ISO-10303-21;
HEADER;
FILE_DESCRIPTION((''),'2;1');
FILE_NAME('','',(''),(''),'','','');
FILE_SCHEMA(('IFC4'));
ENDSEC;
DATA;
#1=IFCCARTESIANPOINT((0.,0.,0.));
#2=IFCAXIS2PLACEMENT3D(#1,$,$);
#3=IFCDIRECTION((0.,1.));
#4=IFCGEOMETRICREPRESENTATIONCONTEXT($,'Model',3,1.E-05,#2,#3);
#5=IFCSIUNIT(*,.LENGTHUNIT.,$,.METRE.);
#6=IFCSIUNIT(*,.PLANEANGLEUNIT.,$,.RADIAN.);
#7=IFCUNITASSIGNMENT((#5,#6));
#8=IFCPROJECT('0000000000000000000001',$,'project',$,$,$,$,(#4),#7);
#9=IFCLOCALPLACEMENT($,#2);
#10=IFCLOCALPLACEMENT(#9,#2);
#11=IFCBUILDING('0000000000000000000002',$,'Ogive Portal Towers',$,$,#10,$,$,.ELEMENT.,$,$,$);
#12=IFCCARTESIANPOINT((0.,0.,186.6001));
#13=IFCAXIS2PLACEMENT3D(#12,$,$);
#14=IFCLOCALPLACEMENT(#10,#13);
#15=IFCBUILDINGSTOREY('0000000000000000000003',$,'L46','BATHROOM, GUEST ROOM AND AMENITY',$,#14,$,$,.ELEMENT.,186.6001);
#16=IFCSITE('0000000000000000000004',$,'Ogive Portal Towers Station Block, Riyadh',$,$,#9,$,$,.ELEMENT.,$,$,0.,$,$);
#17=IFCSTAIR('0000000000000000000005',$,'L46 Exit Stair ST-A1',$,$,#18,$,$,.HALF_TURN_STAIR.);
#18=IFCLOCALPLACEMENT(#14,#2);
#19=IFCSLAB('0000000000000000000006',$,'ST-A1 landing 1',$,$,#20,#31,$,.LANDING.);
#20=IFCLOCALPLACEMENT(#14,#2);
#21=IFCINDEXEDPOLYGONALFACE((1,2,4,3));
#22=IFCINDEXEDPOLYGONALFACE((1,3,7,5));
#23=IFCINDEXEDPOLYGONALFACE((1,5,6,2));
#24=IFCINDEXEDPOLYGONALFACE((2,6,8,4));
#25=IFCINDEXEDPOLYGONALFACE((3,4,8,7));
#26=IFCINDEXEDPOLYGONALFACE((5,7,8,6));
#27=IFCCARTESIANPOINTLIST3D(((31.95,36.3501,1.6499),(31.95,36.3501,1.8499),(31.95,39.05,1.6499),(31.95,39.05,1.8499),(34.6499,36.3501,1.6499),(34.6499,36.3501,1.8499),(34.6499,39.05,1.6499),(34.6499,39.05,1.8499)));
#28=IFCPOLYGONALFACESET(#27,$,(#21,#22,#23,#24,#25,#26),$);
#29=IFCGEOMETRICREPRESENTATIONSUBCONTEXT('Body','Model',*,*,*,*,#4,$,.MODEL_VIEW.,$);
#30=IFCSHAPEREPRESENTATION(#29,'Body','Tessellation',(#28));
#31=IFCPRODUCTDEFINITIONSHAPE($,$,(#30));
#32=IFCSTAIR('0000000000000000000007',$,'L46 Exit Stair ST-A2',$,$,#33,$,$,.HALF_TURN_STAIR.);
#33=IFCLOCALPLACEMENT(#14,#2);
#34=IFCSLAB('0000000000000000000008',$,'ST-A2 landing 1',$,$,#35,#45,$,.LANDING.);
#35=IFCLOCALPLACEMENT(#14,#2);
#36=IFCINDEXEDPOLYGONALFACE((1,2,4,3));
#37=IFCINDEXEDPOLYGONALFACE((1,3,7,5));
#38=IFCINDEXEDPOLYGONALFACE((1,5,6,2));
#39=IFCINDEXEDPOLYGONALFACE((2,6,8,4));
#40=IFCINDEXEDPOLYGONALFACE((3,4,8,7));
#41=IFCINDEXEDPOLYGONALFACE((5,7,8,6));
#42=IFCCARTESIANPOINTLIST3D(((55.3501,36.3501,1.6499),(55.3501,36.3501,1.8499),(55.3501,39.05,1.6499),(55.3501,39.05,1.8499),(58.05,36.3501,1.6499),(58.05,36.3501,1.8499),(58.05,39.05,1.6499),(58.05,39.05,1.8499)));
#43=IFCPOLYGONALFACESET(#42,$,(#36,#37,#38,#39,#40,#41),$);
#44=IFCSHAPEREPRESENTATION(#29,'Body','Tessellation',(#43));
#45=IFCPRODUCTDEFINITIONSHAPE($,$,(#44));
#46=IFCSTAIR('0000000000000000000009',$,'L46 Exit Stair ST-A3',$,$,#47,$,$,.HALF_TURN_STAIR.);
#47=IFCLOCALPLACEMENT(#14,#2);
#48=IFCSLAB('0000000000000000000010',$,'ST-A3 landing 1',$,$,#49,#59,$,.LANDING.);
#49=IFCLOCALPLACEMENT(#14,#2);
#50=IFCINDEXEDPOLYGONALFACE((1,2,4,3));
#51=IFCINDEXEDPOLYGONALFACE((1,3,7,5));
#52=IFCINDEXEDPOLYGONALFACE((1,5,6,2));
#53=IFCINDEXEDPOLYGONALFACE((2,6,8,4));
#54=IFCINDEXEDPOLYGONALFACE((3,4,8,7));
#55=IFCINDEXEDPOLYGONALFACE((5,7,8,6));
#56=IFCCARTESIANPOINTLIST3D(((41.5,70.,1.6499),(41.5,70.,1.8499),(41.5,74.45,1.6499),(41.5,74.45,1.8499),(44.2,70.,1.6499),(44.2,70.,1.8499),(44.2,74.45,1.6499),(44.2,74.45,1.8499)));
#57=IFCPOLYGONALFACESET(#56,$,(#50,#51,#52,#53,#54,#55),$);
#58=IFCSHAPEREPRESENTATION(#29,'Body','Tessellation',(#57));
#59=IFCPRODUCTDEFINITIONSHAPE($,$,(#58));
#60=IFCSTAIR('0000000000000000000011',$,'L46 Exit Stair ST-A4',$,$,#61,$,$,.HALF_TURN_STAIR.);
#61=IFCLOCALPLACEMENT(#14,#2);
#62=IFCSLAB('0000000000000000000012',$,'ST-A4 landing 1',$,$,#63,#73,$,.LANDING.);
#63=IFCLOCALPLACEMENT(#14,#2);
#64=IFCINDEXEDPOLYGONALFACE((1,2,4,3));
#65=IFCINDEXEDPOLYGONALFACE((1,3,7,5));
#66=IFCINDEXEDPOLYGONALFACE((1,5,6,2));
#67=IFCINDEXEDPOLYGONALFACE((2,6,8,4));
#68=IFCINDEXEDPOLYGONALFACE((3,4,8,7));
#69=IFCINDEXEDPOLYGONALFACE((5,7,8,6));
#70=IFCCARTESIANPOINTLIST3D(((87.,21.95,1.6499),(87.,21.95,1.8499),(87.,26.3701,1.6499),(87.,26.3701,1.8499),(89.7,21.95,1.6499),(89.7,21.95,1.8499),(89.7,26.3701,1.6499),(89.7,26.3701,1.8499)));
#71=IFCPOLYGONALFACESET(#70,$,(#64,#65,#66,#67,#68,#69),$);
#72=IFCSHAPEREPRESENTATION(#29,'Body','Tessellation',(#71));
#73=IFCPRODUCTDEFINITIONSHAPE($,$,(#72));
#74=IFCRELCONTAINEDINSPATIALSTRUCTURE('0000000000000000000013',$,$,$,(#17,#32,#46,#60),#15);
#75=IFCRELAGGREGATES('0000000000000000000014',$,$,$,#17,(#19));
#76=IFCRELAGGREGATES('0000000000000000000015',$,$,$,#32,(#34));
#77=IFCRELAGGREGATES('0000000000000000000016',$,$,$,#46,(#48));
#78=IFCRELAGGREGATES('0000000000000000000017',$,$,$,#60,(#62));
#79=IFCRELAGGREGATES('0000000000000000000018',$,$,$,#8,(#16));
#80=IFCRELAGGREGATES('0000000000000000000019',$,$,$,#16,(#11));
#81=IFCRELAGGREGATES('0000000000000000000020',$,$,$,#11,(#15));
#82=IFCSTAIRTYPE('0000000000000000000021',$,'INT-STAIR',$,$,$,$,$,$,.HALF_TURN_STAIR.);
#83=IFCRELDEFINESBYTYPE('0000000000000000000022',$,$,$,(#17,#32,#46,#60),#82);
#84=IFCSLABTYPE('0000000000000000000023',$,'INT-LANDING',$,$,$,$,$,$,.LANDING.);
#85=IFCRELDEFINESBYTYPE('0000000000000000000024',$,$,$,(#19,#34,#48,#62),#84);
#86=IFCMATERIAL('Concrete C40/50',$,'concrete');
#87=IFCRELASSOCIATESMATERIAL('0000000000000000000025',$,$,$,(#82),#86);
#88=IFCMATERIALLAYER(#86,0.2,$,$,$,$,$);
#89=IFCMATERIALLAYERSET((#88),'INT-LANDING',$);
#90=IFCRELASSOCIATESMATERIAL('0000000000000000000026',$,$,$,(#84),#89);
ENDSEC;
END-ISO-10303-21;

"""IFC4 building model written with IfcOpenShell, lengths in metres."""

from ifc_helpers import new_model, si_unit, direction, frame, origin, place, context, subcontext, project, spatial, polyline, outline, extrude, material, layer, layer_set, type_object, element, aggregate, save


model = new_model("IFC4")

# Units and contexts
model_context = context("Model", 3, precision=1e-05, world=origin(), true_north=direction((0.0, 1.0)))
body_context = subcontext(model_context, "Body", "Model", "MODEL_VIEW")
ifc_project = project(units=[si_unit("LENGTHUNIT", "METRE"), si_unit("PLANEANGLEUNIT", "RADIAN")], contexts=[model_context])

# Site, building, storey
site_placement = place(None, origin())
site = spatial("IfcSite", under=ifc_project, at=site_placement, Name="Ogive Portal Towers Station Block, Riyadh", CompositionType="ELEMENT", RefElevation=0.0)
building_placement = place(site_placement, origin())
building = spatial("IfcBuilding", under=site, at=building_placement, Name="Ogive Portal Towers", CompositionType="ELEMENT")
storey_placement = place(building_placement, frame((0.0, 0.0, 186.6001)))
storey = spatial("IfcBuildingStorey", under=building, at=storey_placement, Name="L46", Description="BATHROOM, GUEST ROOM AND AMENITY", CompositionType="ELEMENT", Elevation=186.6001)

# Stairs, slabs
ifc_material_1 = material(Name="Concrete C40/50", Category="concrete")
stair_type = type_object("IfcStairType", Name="INT-STAIR", PredefinedType="HALF_TURN_STAIR", material=ifc_material_1)
stair_1_placement = place(storey_placement, origin())
stair_1 = element("IfcStair", 1, at=stair_1_placement, inside=storey, type_object=stair_type, Name="L46 Exit Stair ST-A1", PredefinedType="HALF_TURN_STAIR")
ifc_layer_1 = layer(ifc_material_1, 0.2)
ifc_layer_set_1 = layer_set([ifc_layer_1], Name="INT-LANDING")
slab_type_1 = type_object("IfcSlabType", Name="INT-LANDING", PredefinedType="LANDING", material=ifc_layer_set_1)
slab_1_placement = place(storey_placement, frame((0.0, 0.0, 1.6499)))
slab_1 = element("IfcSlab", 2, at=slab_1_placement, type_object=slab_type_1, Name="ST-A1 landing 1", PredefinedType="LANDING", context=body_context, shape_type="SweptSolid", body=[
    extrude(outline(polyline([(34.6499, 39.05), (31.95, 39.05), (31.95, 36.3501), (34.6499, 36.3501), (34.6499, 39.05)])), origin(), (0.0, 0.0, 1.0), 0.2),
])
aggregate(stair_1, [slab_1])
stair_2_placement = place(storey_placement, origin())
stair_2 = element("IfcStair", 3, at=stair_2_placement, inside=storey, type_object=stair_type, Name="L46 Exit Stair ST-A2", PredefinedType="HALF_TURN_STAIR")
slab_2_placement = place(storey_placement, frame((0.0, 0.0, 1.6499)))
slab_2 = element("IfcSlab", 4, at=slab_2_placement, type_object=slab_type_1, Name="ST-A2 landing 1", PredefinedType="LANDING", context=body_context, shape_type="SweptSolid", body=[
    extrude(outline(polyline([(55.3501, 36.3501), (58.05, 36.3501), (58.05, 39.05), (55.3501, 39.05), (55.3501, 36.3501)])), origin(), (0.0, 0.0, 1.0), 0.2),
])
aggregate(stair_2, [slab_2])
stair_3_placement = place(storey_placement, origin())
stair_3 = element("IfcStair", 5, at=stair_3_placement, inside=storey, type_object=stair_type, Name="L46 Exit Stair ST-A3", PredefinedType="HALF_TURN_STAIR")
slab_3_placement = place(storey_placement, frame((0.0, 0.0, 1.6499)))
slab_3 = element("IfcSlab", 6, at=slab_3_placement, type_object=slab_type_1, Name="ST-A3 landing 1", PredefinedType="LANDING", context=body_context, shape_type="SweptSolid", body=[
    extrude(outline(polyline([(44.2, 70.0), (44.2, 74.45), (41.5, 74.45), (41.5, 70.0), (44.2, 70.0)])), origin(), (0.0, 0.0, 1.0), 0.2),
])
aggregate(stair_3, [slab_3])
stair_4_placement = place(storey_placement, origin())
stair_4 = element("IfcStair", 7, at=stair_4_placement, inside=storey, type_object=stair_type, Name="L46 Exit Stair ST-A4", PredefinedType="HALF_TURN_STAIR")
slab_4_placement = place(storey_placement, frame((0.0, 0.0, 1.6499)))
slab_4 = element("IfcSlab", 8, at=slab_4_placement, type_object=slab_type_1, Name="ST-A4 landing 1", PredefinedType="LANDING", context=body_context, shape_type="SweptSolid", body=[
    extrude(outline(polyline([(87.0, 26.3701), (87.0, 21.95), (89.7, 21.95), (89.7, 26.3701), (87.0, 26.3701)])), origin(), (0.0, 0.0, 1.0), 0.2),
])
aggregate(stair_4, [slab_4])

save(model, "model.ifc")
